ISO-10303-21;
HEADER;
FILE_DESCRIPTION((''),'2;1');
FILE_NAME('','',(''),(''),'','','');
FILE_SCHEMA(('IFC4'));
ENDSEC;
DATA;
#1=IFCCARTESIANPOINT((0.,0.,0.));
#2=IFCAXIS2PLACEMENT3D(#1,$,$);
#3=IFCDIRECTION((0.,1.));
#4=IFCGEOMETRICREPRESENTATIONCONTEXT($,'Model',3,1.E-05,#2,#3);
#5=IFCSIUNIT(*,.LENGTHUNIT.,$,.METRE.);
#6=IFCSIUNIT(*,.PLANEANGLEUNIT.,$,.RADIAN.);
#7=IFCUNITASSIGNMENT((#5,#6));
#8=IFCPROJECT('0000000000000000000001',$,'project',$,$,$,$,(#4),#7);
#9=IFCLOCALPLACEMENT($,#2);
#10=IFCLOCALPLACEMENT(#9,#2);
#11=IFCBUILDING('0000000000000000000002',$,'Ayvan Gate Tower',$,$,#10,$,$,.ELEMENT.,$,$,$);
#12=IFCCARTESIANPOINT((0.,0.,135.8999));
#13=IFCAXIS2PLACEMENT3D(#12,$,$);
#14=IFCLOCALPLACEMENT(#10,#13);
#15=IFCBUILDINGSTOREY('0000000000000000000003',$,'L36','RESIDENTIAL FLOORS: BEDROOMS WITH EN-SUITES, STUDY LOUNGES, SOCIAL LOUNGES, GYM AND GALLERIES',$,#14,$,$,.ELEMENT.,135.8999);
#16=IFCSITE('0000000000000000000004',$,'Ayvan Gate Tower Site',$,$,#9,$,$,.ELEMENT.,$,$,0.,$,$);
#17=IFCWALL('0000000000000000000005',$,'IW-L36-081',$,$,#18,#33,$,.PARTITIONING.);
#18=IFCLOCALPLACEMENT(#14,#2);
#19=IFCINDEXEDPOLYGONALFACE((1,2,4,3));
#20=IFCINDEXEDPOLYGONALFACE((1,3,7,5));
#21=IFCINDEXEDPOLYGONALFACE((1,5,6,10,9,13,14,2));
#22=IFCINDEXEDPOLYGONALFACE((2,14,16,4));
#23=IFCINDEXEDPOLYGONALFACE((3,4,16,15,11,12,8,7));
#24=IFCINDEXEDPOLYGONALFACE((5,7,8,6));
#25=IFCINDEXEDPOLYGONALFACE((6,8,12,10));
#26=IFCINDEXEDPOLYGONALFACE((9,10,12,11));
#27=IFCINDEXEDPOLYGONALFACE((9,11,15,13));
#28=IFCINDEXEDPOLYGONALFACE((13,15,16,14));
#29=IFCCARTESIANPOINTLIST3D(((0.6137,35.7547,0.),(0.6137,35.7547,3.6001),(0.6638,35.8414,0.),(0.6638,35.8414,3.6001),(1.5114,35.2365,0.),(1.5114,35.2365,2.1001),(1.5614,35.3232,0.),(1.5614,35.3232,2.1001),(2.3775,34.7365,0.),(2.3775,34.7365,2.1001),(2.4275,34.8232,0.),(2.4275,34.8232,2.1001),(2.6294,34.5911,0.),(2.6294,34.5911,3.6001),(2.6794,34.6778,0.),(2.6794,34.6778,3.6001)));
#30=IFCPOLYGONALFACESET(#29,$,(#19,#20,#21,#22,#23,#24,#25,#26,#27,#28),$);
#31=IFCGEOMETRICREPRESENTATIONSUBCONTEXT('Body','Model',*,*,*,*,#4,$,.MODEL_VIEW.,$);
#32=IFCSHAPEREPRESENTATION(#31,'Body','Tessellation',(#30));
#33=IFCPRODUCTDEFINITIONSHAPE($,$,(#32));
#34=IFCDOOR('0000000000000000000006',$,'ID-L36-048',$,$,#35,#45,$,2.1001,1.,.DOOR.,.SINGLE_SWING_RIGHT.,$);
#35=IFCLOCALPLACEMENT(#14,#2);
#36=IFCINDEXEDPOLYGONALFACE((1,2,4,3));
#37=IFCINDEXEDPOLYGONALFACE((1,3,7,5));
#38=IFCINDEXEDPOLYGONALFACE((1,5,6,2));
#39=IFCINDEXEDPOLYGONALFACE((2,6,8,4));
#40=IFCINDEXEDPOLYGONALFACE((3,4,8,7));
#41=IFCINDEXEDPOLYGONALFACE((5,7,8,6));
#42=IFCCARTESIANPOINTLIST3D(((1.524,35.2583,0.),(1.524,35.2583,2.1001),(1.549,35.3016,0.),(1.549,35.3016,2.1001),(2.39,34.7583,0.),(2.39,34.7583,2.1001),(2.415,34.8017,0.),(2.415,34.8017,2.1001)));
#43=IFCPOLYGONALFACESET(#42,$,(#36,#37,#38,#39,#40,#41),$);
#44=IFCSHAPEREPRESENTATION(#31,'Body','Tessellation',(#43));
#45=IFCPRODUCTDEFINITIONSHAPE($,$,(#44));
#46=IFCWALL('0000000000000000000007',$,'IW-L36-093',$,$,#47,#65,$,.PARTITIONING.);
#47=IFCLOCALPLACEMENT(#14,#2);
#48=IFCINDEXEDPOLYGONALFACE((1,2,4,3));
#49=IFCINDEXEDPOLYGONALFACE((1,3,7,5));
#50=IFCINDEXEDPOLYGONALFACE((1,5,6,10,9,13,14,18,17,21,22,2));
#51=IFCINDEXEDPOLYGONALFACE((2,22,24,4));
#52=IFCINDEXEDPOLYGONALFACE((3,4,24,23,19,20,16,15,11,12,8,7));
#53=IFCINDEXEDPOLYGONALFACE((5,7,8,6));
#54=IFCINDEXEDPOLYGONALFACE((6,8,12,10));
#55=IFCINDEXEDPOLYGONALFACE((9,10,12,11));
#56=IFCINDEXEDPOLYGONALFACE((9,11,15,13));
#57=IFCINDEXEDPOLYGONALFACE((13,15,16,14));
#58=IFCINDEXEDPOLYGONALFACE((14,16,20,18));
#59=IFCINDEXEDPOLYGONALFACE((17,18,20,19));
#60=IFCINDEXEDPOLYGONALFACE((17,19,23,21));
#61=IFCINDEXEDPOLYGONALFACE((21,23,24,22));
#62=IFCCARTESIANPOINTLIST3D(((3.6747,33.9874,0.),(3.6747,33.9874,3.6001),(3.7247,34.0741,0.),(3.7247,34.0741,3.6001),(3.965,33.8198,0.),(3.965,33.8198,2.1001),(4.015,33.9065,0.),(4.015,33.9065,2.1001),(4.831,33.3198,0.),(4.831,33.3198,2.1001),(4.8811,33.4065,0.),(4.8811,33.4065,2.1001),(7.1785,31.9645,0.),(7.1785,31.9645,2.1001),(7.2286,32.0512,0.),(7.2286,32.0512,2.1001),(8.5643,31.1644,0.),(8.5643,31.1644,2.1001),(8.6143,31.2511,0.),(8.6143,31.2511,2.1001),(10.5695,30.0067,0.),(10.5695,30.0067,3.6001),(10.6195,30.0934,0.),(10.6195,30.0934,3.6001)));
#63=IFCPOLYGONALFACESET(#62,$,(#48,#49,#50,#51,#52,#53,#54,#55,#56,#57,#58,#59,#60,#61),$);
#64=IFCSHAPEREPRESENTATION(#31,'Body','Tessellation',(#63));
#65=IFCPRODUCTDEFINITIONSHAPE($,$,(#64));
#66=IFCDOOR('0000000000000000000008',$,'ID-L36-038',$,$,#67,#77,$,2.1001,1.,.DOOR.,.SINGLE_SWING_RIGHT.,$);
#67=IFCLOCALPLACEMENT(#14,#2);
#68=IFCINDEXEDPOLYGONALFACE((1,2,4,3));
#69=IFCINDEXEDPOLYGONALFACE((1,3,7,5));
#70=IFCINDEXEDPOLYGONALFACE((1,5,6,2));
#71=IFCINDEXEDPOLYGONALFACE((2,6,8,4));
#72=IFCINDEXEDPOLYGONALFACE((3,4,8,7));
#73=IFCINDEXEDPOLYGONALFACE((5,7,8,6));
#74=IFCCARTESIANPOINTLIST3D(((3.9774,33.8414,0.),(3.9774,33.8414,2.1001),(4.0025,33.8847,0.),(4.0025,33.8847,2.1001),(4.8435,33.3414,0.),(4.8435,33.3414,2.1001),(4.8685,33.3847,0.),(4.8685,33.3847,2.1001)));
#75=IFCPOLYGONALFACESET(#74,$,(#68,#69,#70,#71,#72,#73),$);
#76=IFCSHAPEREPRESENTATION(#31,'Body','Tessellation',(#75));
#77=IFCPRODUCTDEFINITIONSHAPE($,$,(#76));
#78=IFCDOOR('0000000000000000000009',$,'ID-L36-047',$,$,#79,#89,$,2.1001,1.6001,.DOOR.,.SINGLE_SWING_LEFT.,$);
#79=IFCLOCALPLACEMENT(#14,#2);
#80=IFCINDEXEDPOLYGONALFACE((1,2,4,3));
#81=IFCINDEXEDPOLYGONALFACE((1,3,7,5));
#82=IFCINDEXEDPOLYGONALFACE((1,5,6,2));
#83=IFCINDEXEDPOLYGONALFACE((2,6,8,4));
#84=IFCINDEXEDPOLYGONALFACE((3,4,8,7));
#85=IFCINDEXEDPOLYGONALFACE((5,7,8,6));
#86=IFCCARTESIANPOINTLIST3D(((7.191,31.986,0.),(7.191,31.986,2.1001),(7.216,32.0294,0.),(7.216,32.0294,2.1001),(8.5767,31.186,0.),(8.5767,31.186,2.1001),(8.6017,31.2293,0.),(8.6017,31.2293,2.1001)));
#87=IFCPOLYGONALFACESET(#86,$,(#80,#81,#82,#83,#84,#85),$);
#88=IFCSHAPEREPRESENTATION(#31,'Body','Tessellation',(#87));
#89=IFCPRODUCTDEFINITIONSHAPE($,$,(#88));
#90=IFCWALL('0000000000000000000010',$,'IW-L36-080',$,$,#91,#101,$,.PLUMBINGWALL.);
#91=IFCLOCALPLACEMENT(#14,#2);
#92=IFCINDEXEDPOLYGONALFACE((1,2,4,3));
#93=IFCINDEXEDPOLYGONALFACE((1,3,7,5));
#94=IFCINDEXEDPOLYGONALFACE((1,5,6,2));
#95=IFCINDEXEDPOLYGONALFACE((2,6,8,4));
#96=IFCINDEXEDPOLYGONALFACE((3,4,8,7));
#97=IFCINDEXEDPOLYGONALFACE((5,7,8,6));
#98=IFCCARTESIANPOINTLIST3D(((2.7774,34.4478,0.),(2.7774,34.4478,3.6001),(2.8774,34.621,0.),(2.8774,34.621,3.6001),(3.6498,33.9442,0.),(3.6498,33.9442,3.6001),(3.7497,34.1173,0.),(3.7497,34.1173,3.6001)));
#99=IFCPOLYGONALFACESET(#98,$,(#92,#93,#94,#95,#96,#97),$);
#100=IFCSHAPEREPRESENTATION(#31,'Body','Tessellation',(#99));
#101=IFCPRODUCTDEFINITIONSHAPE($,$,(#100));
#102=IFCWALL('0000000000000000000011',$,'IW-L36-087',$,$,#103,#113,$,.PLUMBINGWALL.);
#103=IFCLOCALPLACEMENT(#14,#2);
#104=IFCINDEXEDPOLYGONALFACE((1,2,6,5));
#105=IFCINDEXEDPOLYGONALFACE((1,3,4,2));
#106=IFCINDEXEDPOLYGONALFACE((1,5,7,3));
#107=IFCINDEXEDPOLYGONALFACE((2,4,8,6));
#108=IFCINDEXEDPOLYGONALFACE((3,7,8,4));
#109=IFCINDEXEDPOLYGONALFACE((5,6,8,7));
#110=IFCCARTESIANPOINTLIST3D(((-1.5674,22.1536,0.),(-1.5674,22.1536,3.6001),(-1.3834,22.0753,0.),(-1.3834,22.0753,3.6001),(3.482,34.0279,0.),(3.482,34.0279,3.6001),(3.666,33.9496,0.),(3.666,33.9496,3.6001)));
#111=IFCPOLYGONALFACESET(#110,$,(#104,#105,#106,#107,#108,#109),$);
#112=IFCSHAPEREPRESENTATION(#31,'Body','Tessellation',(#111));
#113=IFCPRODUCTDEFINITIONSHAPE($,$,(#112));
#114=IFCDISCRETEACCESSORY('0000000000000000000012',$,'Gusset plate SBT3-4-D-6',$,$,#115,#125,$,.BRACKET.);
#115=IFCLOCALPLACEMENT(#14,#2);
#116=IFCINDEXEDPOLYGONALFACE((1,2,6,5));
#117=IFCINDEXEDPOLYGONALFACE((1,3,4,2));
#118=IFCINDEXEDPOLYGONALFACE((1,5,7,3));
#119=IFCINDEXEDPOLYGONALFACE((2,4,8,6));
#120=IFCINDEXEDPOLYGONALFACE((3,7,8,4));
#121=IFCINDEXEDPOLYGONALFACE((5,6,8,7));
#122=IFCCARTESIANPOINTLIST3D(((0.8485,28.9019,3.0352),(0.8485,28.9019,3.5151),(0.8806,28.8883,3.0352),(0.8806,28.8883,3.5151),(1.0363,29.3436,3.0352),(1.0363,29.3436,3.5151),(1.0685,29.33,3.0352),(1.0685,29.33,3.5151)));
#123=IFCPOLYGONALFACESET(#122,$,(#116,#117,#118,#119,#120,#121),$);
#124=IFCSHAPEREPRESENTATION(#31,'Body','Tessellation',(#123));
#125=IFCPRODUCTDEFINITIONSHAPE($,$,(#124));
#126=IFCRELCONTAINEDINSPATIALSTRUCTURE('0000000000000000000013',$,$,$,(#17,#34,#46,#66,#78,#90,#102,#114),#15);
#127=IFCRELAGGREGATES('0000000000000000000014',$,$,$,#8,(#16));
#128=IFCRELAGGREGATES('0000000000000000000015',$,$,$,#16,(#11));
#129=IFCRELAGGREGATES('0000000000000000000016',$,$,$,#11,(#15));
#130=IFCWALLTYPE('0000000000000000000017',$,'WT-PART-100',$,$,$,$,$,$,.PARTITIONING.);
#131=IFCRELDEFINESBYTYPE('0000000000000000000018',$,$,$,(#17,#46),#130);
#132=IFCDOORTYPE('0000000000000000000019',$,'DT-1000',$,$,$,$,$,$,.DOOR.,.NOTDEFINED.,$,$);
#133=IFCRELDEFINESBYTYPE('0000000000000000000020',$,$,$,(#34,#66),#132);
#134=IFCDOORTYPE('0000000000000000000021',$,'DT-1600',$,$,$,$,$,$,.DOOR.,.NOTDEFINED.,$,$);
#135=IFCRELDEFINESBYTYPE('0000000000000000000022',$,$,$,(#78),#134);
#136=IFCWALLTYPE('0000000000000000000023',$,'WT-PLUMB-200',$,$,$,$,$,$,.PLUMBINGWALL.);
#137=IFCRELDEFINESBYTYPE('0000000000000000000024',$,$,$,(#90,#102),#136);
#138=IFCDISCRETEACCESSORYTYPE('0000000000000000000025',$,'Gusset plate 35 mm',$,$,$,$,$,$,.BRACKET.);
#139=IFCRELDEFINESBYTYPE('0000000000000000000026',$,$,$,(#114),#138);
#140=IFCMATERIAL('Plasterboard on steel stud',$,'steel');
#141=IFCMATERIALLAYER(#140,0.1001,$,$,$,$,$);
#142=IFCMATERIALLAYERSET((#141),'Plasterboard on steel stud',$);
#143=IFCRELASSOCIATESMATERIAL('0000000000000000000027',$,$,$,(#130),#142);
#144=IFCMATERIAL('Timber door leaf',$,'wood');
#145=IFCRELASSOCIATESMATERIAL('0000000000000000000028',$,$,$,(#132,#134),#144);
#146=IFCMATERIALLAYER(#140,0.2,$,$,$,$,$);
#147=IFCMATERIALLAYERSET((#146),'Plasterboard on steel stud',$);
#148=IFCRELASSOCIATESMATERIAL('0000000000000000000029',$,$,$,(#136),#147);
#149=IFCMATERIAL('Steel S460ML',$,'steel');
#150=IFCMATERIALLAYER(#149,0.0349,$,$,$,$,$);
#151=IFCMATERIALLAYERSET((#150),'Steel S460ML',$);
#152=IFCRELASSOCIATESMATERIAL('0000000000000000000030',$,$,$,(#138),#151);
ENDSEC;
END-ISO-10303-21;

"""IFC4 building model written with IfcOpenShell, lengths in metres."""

from ifc_helpers import new_model, si_unit, direction, frame, frame_2d, origin, origin_2d, place, context, subcontext, project, spatial, rectangle, extrude, material, layer, layer_set, type_object, element, fill, save


model = new_model("IFC4")

# Units and contexts
model_context = context("Model", 3, precision=1e-05, world=origin(), true_north=direction((0.0, 1.0)))
body_context = subcontext(model_context, "Body", "Model", "MODEL_VIEW")
ifc_project = project(units=[si_unit("LENGTHUNIT", "METRE"), si_unit("PLANEANGLEUNIT", "RADIAN")], contexts=[model_context])

# Site, building, storey
site_placement = place(None, origin())
site = spatial("IfcSite", under=ifc_project, at=site_placement, Name="Ayvan Gate Tower Site", CompositionType="ELEMENT", RefElevation=0.0)
building_placement = place(site_placement, origin())
building = spatial("IfcBuilding", under=site, at=building_placement, Name="Ayvan Gate Tower", CompositionType="ELEMENT")
storey_placement = place(building_placement, frame((0.0, 0.0, 135.8999)))
storey = spatial("IfcBuildingStorey", under=building, at=storey_placement, Name="L36", Description="RESIDENTIAL FLOORS: BEDROOMS WITH EN-SUITES, STUDY LOUNGES, SOCIAL LOUNGES, GYM AND GALLERIES", CompositionType="ELEMENT", Elevation=135.8999)

# Wall, opening, door
ifc_material_1 = material(Name="Plasterboard on steel stud", Category="steel")
ifc_layer_1 = layer(ifc_material_1, 0.1001)
ifc_layer_set_1 = layer_set([ifc_layer_1], Name="Plasterboard on steel stud")
wall_type_1 = type_object("IfcWallType", Name="WT-PART-100", PredefinedType="PARTITIONING", material=ifc_layer_set_1)
wall_1_placement = place(storey_placement, frame((2.6543, 34.6345, 0.0), z_axis=(0.0, 0.0, 1.0), x_axis=(-0.866053, 0.499952, 0.0)))
wall_1 = element("IfcWall", 1, at=wall_1_placement, inside=storey, type_object=wall_type_1, Name="IW-L36-081", PredefinedType="PARTITIONING", context=body_context, shape_type="SweptSolid", body=[
    extrude(rectangle(XDim=2.3274, YDim=0.1001, at=frame_2d((1.1636, 0.0))), origin(), (0.0, 0.0, 1.0), 3.6001),
])
opening_1_placement = place(wall_1_placement, frame((0.2908, 0.0, 0.0)))
opening_1 = element("IfcOpeningElement", 2, at=opening_1_placement, cuts=wall_1, PredefinedType="OPENING", context=body_context, shape_type="SweptSolid", body=[
    extrude(rectangle(XDim=1.0, YDim=2.1001, at=frame_2d((0.5, 1.05))), frame((0.0, 0.0601, 0.0), z_axis=(0.0, -1.0, 0.0), x_axis=(1.0, 0.0, 0.0)), (0.0, 0.0, 1.0), 0.1201),
])
ifc_material_2 = material(Name="Timber door leaf", Category="wood")
door_type_1 = type_object("IfcDoorType", Name="DT-1000", OperationType="NOTDEFINED", PredefinedType="DOOR", material=ifc_material_2)
door_1_placement = place(opening_1_placement, origin())
door_1 = element("IfcDoor", 3, at=door_1_placement, inside=storey, type_object=door_type_1, Name="ID-L36-048", OperationType="SINGLE_SWING_RIGHT", OverallHeight=2.1001, OverallWidth=1.0, PredefinedType="DOOR", context=body_context, shape_type="SweptSolid", body=[
    extrude(rectangle(XDim=1.0, YDim=2.1001, at=frame_2d((0.5, 1.05))), frame((0.0, 0.0249, 0.0), z_axis=(0.0, -1.0, 0.0), x_axis=(1.0, 0.0, 0.0)), (0.0, 0.0, 1.0), 0.05),
])
fill(opening_1, door_1)

# Wall, openings, doors
wall_2_placement = place(storey_placement, frame((3.6997, 34.0308, 0.0), z_axis=(0.0, 0.0, 1.0), x_axis=(0.866025, -0.500001, 0.0)))
wall_2 = element("IfcWall", 4, at=wall_2_placement, inside=storey, type_object=wall_type_1, Name="IW-L36-093", PredefinedType="PARTITIONING", context=body_context, shape_type="SweptSolid", body=[
    extrude(rectangle(XDim=7.9614, YDim=0.1001, at=frame_2d((3.9807, 0.0))), origin(), (0.0, 0.0, 1.0), 3.6001),
])
opening_2_placement = place(wall_2_placement, frame((0.3352, 0.0, 0.0)))
opening_2 = element("IfcOpeningElement", 5, at=opening_2_placement, cuts=wall_2, PredefinedType="OPENING", context=body_context, shape_type="SweptSolid", body=[
    extrude(rectangle(XDim=1.0, YDim=2.1001, at=frame_2d((0.5, 1.05))), frame((0.0, 0.0601, 0.0), z_axis=(0.0, -1.0, 0.0), x_axis=(1.0, 0.0, 0.0)), (0.0, 0.0, 1.0), 0.1201),
])
opening_3_placement = place(wall_2_placement, frame((4.0459, 0.0, 0.0)))
opening_3 = element("IfcOpeningElement", 6, at=opening_3_placement, cuts=wall_2, PredefinedType="OPENING", context=body_context, shape_type="SweptSolid", body=[
    extrude(rectangle(XDim=1.6001, YDim=2.1001, at=frame_2d((0.8, 1.05))), frame((0.0, 0.0601, 0.0), z_axis=(0.0, -1.0, 0.0), x_axis=(1.0, 0.0, 0.0)), (0.0, 0.0, 1.0), 0.1201),
])
door_2_placement = place(opening_2_placement, origin())
door_2 = element("IfcDoor", 7, at=door_2_placement, inside=storey, type_object=door_type_1, Name="ID-L36-038", OperationType="SINGLE_SWING_RIGHT", OverallHeight=2.1001, OverallWidth=1.0, PredefinedType="DOOR", context=body_context, shape_type="SweptSolid", body=[
    extrude(rectangle(XDim=1.0, YDim=2.1001, at=frame_2d((0.5, 1.05))), frame((0.0, 0.0249, 0.0), z_axis=(0.0, -1.0, 0.0), x_axis=(1.0, 0.0, 0.0)), (0.0, 0.0, 1.0), 0.05),
])
fill(opening_2, door_2)
door_type_2 = type_object("IfcDoorType", Name="DT-1600", OperationType="NOTDEFINED", PredefinedType="DOOR", material=ifc_material_2)
door_3_placement = place(opening_3_placement, origin())
door_3 = element("IfcDoor", 8, at=door_3_placement, inside=storey, type_object=door_type_2, Name="ID-L36-047", OperationType="SINGLE_SWING_LEFT", OverallHeight=2.1001, OverallWidth=1.6001, PredefinedType="DOOR", context=body_context, shape_type="SweptSolid", body=[
    extrude(rectangle(XDim=1.6001, YDim=2.1001, at=frame_2d((0.8, 1.05))), frame((0.0, 0.0249, 0.0), z_axis=(0.0, -1.0, 0.0), x_axis=(1.0, 0.0, 0.0)), (0.0, 0.0, 1.0), 0.05),
])
fill(opening_3, door_3)

# Walls
ifc_layer_2 = layer(ifc_material_1, 0.2)
ifc_layer_set_2 = layer_set([ifc_layer_2], Name="Plasterboard on steel stud")
wall_type_2 = type_object("IfcWallType", Name="WT-PLUMB-200", PredefinedType="PLUMBINGWALL", material=ifc_layer_set_2)
wall_3_placement = place(storey_placement, frame((2.8274, 34.5344, 0.0), z_axis=(0.0, 0.0, 1.0), x_axis=(0.866012, -0.500023, 0.0)))
element("IfcWall", 9, at=wall_3_placement, inside=storey, type_object=wall_type_2, Name="IW-L36-080", PredefinedType="PLUMBINGWALL", context=body_context, shape_type="SweptSolid", body=[
    extrude(rectangle(XDim=1.0073, YDim=0.2, at=frame_2d((0.5037, 0.0))), origin(), (0.0, 0.0, 1.0), 3.6001),
])
wall_4_placement = place(storey_placement, frame((3.574, 33.9888, 0.0), z_axis=(0.0, 0.0, 1.0), x_axis=(-0.391321, -0.920254, 0.0)))
element("IfcWall", 10, at=wall_4_placement, inside=storey, type_object=wall_type_2, Name="IW-L36-087", PredefinedType="PLUMBINGWALL", context=body_context, shape_type="SweptSolid", body=[
    extrude(rectangle(XDim=12.9033, YDim=0.2, at=frame_2d((6.4517, 0.0))), origin(), (0.0, 0.0, 1.0), 3.6001),
])

# Discrete accessory
ifc_material_3 = material(Name="Steel S460ML", Category="steel")
ifc_layer_3 = layer(ifc_material_3, 0.0349)
ifc_layer_set_3 = layer_set([ifc_layer_3], Name="Steel S460ML")
discrete_accessory_type = type_object("IfcDiscreteAccessoryType", Name="Gusset plate 35 mm", PredefinedType="BRACKET", material=ifc_layer_set_3)
discrete_accessory_placement = place(storey_placement, frame((0.9585, 29.116, 3.0352), z_axis=(0.0, 0.0, 1.0), x_axis=(0.391324, 0.920253, 0.0)))
element("IfcDiscreteAccessory", 11, at=discrete_accessory_placement, inside=storey, type_object=discrete_accessory_type, Name="Gusset plate SBT3-4-D-6", PredefinedType="BRACKET", context=body_context, shape_type="SweptSolid", body=[
    extrude(rectangle(XDim=0.48, YDim=0.0349, at=origin_2d()), origin(), (0.0, 0.0, 1.0), 0.48),
])

save(model, "model.ifc")
